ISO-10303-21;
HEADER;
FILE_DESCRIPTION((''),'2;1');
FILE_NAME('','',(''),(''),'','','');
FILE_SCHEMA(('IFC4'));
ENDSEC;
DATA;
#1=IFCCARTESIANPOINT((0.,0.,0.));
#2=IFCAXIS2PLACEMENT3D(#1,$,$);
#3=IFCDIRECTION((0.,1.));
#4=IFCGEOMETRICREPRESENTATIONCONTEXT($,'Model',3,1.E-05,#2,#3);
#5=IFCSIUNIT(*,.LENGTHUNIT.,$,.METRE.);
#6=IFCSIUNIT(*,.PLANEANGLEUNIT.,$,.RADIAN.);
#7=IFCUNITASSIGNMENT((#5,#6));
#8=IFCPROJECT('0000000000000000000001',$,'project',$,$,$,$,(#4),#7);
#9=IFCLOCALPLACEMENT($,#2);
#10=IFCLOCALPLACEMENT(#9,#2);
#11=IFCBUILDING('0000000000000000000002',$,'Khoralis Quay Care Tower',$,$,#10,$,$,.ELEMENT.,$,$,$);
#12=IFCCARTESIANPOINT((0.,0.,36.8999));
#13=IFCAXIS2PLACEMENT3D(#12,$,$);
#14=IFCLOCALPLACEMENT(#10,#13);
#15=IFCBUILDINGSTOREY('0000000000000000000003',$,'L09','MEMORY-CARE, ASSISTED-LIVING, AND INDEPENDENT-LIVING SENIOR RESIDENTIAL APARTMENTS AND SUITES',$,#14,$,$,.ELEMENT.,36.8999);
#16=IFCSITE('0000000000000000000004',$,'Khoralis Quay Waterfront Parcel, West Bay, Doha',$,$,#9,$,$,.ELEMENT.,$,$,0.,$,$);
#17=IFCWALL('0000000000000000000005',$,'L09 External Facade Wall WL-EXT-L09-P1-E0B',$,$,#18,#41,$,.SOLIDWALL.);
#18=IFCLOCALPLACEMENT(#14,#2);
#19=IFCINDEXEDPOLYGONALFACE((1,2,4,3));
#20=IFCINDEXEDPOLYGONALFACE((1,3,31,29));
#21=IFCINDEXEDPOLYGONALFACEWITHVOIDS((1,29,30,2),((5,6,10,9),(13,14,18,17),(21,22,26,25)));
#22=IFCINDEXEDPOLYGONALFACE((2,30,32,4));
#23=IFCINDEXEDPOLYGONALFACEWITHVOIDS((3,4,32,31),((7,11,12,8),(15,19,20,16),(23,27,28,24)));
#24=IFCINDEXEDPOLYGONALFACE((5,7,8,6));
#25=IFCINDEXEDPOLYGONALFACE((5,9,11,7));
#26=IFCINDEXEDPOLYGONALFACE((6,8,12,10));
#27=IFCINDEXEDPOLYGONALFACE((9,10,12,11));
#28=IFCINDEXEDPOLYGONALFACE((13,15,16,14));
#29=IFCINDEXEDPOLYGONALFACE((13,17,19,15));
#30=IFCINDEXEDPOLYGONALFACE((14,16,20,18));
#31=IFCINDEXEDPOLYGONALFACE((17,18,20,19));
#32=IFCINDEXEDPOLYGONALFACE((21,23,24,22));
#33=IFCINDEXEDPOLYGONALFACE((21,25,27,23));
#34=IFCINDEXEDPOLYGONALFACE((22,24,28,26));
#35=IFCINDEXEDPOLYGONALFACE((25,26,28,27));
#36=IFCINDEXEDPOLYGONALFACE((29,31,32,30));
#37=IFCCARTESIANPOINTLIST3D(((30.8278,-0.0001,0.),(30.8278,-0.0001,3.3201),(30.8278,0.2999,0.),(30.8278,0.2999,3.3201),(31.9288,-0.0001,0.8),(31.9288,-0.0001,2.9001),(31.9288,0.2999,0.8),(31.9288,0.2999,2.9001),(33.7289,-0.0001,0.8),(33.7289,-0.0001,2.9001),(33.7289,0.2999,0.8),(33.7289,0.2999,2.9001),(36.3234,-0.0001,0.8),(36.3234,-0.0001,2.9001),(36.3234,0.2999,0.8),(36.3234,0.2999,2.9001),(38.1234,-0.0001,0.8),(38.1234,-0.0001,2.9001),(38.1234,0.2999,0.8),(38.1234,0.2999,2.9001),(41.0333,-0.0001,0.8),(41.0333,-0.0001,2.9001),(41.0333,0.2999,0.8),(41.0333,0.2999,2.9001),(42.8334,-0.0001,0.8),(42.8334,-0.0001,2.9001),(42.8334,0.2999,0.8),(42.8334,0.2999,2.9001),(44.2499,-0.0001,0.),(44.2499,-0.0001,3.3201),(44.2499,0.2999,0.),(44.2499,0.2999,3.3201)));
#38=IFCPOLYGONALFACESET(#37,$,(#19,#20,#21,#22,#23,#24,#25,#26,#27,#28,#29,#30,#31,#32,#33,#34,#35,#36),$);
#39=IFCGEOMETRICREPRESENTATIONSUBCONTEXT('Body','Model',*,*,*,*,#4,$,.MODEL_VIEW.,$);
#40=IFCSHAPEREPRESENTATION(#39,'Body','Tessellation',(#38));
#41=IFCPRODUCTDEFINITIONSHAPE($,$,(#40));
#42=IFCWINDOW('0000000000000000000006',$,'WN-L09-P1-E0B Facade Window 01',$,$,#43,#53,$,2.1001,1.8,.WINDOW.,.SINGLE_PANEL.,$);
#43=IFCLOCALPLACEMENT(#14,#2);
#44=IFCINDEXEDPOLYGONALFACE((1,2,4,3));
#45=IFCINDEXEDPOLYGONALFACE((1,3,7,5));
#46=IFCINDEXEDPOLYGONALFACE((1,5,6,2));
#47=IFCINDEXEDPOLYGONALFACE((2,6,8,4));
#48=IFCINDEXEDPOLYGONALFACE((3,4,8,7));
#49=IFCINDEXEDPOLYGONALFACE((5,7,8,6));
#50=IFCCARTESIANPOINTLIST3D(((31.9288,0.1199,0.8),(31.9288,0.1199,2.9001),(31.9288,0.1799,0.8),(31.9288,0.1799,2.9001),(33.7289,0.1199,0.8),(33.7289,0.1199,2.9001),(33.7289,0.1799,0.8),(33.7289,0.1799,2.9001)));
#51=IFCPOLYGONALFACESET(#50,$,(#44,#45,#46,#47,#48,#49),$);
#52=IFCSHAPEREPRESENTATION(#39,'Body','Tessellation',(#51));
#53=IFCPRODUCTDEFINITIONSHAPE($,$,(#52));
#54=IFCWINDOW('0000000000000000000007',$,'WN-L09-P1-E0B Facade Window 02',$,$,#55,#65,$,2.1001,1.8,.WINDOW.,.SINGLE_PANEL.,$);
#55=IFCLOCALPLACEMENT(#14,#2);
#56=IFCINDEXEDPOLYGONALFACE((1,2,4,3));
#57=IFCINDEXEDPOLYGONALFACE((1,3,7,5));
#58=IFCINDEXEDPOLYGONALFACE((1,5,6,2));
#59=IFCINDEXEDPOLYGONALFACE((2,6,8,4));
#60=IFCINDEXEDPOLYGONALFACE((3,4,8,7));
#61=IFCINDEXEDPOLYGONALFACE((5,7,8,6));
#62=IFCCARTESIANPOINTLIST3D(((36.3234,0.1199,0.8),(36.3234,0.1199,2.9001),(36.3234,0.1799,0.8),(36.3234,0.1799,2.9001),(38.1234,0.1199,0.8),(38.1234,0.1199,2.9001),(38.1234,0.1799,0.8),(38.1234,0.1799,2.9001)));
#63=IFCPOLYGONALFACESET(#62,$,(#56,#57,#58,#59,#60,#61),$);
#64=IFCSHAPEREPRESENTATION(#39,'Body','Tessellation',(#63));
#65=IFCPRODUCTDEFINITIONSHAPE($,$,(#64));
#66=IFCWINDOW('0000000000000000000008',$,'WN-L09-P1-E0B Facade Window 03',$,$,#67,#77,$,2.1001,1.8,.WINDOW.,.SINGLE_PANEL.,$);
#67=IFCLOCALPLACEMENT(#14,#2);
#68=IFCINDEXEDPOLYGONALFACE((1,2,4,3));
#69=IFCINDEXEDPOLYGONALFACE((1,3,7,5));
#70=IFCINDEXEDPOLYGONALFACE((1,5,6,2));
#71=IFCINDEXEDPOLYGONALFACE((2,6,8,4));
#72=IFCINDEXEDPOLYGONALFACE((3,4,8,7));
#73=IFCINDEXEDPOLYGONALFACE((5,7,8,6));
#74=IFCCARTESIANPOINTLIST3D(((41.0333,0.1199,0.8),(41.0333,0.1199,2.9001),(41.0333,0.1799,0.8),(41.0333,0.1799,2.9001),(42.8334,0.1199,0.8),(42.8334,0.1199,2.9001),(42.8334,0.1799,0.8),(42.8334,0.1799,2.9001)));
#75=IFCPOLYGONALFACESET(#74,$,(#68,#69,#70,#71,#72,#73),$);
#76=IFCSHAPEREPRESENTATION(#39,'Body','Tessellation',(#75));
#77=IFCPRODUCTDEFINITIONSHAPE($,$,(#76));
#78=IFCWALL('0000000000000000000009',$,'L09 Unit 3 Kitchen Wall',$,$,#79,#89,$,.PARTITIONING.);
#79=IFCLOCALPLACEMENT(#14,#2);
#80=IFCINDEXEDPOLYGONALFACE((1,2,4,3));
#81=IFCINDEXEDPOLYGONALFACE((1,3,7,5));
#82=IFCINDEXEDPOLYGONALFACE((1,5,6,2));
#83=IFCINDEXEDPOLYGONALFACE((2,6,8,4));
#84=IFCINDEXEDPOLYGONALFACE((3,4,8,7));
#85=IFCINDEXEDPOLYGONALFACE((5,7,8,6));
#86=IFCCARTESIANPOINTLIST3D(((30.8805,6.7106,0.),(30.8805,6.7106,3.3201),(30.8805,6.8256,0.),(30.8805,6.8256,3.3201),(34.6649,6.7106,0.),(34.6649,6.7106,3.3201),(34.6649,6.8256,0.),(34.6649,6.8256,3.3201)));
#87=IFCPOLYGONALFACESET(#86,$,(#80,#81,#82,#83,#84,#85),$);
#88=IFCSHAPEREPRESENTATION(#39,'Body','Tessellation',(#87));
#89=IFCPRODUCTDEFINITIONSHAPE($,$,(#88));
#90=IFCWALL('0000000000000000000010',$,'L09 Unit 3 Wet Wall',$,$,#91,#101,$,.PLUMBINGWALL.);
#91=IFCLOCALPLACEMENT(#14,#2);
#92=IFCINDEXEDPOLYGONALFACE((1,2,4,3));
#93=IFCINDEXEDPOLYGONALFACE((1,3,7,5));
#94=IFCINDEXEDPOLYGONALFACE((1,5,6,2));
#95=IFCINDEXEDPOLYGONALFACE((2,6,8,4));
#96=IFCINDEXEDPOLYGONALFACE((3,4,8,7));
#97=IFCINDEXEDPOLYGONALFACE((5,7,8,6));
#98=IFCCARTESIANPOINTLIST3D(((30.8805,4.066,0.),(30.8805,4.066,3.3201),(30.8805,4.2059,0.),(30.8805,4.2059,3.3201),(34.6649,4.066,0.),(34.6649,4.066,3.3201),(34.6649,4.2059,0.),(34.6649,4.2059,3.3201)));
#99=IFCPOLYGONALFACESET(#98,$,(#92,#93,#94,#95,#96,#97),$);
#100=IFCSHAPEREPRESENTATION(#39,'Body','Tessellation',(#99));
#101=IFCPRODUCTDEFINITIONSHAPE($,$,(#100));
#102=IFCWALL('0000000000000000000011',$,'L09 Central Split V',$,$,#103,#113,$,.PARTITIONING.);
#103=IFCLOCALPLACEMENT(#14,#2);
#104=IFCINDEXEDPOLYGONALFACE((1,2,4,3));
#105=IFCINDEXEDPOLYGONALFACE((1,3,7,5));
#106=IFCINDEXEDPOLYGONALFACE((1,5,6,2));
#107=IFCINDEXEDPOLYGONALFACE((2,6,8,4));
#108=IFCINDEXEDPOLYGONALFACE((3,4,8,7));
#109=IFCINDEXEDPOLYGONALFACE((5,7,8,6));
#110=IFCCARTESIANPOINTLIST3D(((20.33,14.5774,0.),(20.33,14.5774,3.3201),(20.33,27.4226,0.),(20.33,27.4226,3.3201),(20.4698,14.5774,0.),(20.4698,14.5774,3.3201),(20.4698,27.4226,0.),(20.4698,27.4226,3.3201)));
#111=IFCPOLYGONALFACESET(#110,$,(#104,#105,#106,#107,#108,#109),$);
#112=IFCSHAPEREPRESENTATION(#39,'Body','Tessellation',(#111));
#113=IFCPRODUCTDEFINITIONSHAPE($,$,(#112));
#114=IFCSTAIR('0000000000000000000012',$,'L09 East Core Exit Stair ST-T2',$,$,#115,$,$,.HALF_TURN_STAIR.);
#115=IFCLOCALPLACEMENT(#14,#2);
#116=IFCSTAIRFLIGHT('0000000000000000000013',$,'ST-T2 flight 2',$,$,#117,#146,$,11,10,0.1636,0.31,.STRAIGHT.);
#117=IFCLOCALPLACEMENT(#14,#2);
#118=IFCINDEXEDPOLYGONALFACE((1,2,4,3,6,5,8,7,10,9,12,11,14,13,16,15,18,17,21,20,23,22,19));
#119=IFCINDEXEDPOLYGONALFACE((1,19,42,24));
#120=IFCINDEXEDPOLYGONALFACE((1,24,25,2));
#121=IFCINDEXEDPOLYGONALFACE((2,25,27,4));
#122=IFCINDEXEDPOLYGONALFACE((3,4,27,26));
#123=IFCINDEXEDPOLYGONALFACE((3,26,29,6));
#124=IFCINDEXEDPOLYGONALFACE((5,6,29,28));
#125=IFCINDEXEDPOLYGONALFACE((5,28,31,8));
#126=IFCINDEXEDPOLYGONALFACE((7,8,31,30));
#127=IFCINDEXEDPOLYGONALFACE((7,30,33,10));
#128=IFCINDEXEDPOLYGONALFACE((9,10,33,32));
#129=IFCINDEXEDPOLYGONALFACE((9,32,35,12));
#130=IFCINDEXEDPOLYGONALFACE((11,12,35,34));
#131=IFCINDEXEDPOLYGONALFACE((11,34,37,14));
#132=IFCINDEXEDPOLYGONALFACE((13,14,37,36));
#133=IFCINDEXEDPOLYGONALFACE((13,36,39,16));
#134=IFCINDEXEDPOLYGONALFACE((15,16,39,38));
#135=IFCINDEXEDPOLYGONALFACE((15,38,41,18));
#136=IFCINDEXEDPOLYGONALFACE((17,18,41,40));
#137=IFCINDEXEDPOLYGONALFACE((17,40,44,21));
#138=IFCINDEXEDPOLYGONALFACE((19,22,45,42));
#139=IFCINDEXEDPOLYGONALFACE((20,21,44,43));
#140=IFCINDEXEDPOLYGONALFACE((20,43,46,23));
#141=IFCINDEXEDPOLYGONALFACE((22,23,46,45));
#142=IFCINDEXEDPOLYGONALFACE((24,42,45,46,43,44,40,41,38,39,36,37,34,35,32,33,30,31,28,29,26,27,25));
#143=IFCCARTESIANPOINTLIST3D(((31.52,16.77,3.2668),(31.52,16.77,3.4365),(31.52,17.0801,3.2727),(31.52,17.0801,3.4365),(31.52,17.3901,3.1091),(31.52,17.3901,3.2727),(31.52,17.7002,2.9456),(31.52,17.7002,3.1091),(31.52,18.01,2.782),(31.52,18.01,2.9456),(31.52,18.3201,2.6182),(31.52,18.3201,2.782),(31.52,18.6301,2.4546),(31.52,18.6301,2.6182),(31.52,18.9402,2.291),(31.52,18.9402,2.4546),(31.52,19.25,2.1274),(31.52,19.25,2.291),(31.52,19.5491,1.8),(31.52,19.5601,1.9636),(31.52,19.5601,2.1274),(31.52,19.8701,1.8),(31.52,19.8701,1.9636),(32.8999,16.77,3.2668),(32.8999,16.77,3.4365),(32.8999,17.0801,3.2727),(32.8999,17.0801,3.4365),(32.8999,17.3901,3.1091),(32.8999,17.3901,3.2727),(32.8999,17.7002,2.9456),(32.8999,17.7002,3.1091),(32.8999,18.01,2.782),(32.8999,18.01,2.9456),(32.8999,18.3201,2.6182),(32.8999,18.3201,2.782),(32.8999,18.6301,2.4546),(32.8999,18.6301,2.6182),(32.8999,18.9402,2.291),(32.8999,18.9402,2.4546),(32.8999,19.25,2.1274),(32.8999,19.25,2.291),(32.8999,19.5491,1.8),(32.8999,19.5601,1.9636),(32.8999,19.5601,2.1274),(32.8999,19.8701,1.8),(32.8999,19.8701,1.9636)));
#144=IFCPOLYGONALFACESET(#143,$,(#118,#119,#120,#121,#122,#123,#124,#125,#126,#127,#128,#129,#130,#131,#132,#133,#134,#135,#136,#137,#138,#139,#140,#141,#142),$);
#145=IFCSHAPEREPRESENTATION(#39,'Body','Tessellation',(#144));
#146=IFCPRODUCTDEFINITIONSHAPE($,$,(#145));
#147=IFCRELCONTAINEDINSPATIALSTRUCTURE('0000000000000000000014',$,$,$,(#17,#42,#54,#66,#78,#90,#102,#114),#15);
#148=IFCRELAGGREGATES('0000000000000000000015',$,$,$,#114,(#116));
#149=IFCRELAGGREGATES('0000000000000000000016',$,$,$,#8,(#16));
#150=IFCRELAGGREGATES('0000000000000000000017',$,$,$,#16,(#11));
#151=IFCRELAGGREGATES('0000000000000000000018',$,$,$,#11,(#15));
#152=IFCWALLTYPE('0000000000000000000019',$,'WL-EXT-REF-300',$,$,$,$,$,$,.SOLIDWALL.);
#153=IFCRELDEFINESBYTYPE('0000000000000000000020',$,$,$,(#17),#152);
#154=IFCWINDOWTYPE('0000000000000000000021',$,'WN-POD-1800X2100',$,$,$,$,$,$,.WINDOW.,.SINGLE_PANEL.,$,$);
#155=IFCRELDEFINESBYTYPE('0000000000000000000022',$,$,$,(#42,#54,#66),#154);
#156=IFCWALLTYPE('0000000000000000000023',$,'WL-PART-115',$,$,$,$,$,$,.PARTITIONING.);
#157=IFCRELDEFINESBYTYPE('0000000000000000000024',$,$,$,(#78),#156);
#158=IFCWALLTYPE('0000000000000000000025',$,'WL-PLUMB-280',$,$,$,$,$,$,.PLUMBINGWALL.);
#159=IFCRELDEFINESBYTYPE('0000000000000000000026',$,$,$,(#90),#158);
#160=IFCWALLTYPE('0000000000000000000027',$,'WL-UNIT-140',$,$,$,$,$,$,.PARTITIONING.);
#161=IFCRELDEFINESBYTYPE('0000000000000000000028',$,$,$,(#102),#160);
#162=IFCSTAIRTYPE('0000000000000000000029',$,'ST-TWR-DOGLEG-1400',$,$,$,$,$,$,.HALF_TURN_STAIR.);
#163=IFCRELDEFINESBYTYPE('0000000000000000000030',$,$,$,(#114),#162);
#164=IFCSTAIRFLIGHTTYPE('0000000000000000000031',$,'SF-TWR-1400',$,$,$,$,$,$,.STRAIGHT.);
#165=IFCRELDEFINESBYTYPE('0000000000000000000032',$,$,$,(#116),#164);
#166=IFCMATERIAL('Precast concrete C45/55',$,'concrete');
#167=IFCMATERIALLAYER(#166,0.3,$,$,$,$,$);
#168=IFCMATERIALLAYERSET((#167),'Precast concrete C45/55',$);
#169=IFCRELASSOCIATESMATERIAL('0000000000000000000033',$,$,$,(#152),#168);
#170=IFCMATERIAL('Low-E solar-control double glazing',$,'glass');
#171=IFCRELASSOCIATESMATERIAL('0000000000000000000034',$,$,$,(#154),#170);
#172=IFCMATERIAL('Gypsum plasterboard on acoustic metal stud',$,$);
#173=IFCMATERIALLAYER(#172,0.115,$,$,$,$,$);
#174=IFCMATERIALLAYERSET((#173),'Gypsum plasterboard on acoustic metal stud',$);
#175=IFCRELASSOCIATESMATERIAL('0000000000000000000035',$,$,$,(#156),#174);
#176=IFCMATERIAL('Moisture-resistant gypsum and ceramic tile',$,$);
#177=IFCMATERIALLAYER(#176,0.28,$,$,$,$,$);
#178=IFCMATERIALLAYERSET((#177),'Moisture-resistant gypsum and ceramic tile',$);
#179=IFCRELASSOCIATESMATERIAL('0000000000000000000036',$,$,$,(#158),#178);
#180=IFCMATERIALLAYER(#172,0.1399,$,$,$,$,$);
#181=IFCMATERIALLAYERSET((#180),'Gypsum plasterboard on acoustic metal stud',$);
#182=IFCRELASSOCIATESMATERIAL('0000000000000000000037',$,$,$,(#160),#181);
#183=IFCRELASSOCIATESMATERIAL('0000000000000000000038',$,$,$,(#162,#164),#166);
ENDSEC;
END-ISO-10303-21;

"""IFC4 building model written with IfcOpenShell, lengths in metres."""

from ifc_helpers import new_model, si_unit, direction, frame, frame_2d, origin, place, context, subcontext, project, spatial, polyline, rectangle, outline, extrude, source, transform, mapped, material, layer, layer_set, type_object, element, fill, aggregate, save


model = new_model("IFC4")

# Units and contexts
model_context = context("Model", 3, precision=1e-05, world=origin(), true_north=direction((0.0, 1.0)))
body_context = subcontext(model_context, "Body", "Model", "MODEL_VIEW")
ifc_project = project(units=[si_unit("LENGTHUNIT", "METRE"), si_unit("PLANEANGLEUNIT", "RADIAN")], contexts=[model_context])

# Site, building, storey
site_placement = place(None, origin())
site = spatial("IfcSite", under=ifc_project, at=site_placement, Name="Khoralis Quay Waterfront Parcel, West Bay, Doha", CompositionType="ELEMENT", RefElevation=0.0)
building_placement = place(site_placement, origin())
building = spatial("IfcBuilding", under=site, at=building_placement, Name="Khoralis Quay Care Tower", CompositionType="ELEMENT")
storey_placement = place(building_placement, frame((0.0, 0.0, 36.8999)))
storey = spatial("IfcBuildingStorey", under=building, at=storey_placement, Name="L09", Description="MEMORY-CARE, ASSISTED-LIVING, AND INDEPENDENT-LIVING SENIOR RESIDENTIAL APARTMENTS AND SUITES", CompositionType="ELEMENT", Elevation=36.8999)

# Shared definitions
ifc_material_1 = material(Name="Low-E solar-control double glazing", Category="glass")

# Shared definitions
ifc_material_2 = material(Name="Gypsum plasterboard on acoustic metal stud")

# Wall, openings, windows
ifc_material_3 = material(Name="Precast concrete C45/55", Category="concrete")
ifc_layer_1 = layer(ifc_material_3, 0.3)
ifc_layer_set_1 = layer_set([ifc_layer_1], Name="Precast concrete C45/55")
wall_type_1 = type_object("IfcWallType", Name="WL-EXT-REF-300", PredefinedType="SOLIDWALL", material=ifc_layer_set_1)
wall_1_placement = place(storey_placement, frame((30.8279, 0.1499, 0.0), z_axis=(0.0, 0.0, 1.0), x_axis=(1.0, 0.0, 0.0)))
wall_1 = element("IfcWall", 1, at=wall_1_placement, inside=storey, type_object=wall_type_1, Name="L09 External Facade Wall WL-EXT-L09-P1-E0B", PredefinedType="SOLIDWALL", context=body_context, shape_type="SweptSolid", body=[
    extrude(rectangle(XDim=13.4221, YDim=0.3, at=frame_2d((6.7109, 0.0))), origin(), (0.0, 0.0, 1.0), 3.3201),
])
opening_1_placement = place(wall_1_placement, frame((1.1011, 0.0, 0.8)))
opening_1 = element("IfcOpeningElement", 2, at=opening_1_placement, cuts=wall_1, PredefinedType="OPENING", context=body_context, shape_type="SweptSolid", body=[
    extrude(rectangle(XDim=1.8, YDim=2.1001, at=frame_2d((0.8999, 1.05))), frame((0.0, 0.1602, 0.0), z_axis=(0.0, -1.0, 0.0), x_axis=(1.0, 0.0, 0.0)), (0.0, 0.0, 1.0), 0.3201),
])
opening_2_placement = place(wall_1_placement, frame((5.4956, 0.0, 0.8)))
opening_2 = element("IfcOpeningElement", 3, at=opening_2_placement, cuts=wall_1, PredefinedType="OPENING", context=body_context, shape_type="SweptSolid", body=[
    extrude(rectangle(XDim=1.8, YDim=2.1001, at=frame_2d((0.8999, 1.05))), frame((0.0, 0.1602, 0.0), z_axis=(0.0, -1.0, 0.0), x_axis=(1.0, 0.0, 0.0)), (0.0, 0.0, 1.0), 0.3201),
])
opening_3_placement = place(wall_1_placement, frame((10.2056, 0.0, 0.8)))
opening_3 = element("IfcOpeningElement", 4, at=opening_3_placement, cuts=wall_1, PredefinedType="OPENING", context=body_context, shape_type="SweptSolid", body=[
    extrude(rectangle(XDim=1.8, YDim=2.1001, at=frame_2d((0.8999, 1.05))), frame((0.0, 0.1602, 0.0), z_axis=(0.0, -1.0, 0.0), x_axis=(1.0, 0.0, 0.0)), (0.0, 0.0, 1.0), 0.3201),
])
window_type = type_object("IfcWindowType", Name="WN-POD-1800X2100", PartitioningType="SINGLE_PANEL", PredefinedType="WINDOW", material=ifc_material_1)
shared_shape_1 = source(origin(), body_context, "Body", "SweptSolid", [
    extrude(rectangle(XDim=1.8, YDim=2.1001, at=frame_2d((0.8999, 1.05))), frame((0.0, 0.03, 0.0), z_axis=(0.0, -1.0, 0.0), x_axis=(1.0, 0.0, 0.0)), (0.0, 0.0, 1.0), 0.0601),
])
window_1_placement = place(opening_1_placement, origin())
window_1 = element("IfcWindow", 5, at=window_1_placement, inside=storey, type_object=window_type, Name="WN-L09-P1-E0B Facade Window 01", OverallHeight=2.1001, OverallWidth=1.8, PartitioningType="SINGLE_PANEL", PredefinedType="WINDOW", context=body_context, shape_type="MappedRepresentation", body=[
    mapped(shared_shape_1, transform((0.0, 0.0, 0.0), scale=1.0)),
])
fill(opening_1, window_1)
window_2_placement = place(opening_2_placement, origin())
window_2 = element("IfcWindow", 6, at=window_2_placement, inside=storey, type_object=window_type, Name="WN-L09-P1-E0B Facade Window 02", OverallHeight=2.1001, OverallWidth=1.8, PartitioningType="SINGLE_PANEL", PredefinedType="WINDOW", context=body_context, shape_type="MappedRepresentation", body=[
    mapped(shared_shape_1, transform((0.0, 0.0, 0.0), scale=1.0)),
])
fill(opening_2, window_2)
window_3_placement = place(opening_3_placement, origin())
window_3 = element("IfcWindow", 7, at=window_3_placement, inside=storey, type_object=window_type, Name="WN-L09-P1-E0B Facade Window 03", OverallHeight=2.1001, OverallWidth=1.8, PartitioningType="SINGLE_PANEL", PredefinedType="WINDOW", context=body_context, shape_type="MappedRepresentation", body=[
    mapped(shared_shape_1, transform((0.0, 0.0, 0.0), scale=1.0)),
])
fill(opening_3, window_3)

# Walls
ifc_layer_2 = layer(ifc_material_2, 0.115)
ifc_layer_set_2 = layer_set([ifc_layer_2], Name="Gypsum plasterboard on acoustic metal stud")
wall_type_2 = type_object("IfcWallType", Name="WL-PART-115", PredefinedType="PARTITIONING", material=ifc_layer_set_2)
wall_2_placement = place(storey_placement, frame((30.8806, 6.7681, 0.0), z_axis=(0.0, 0.0, 1.0), x_axis=(1.0, 0.0, 0.0)))
element("IfcWall", 8, at=wall_2_placement, inside=storey, type_object=wall_type_2, Name="L09 Unit 3 Kitchen Wall", PredefinedType="PARTITIONING", context=body_context, shape_type="SweptSolid", body=[
    extrude(rectangle(XDim=3.7844, YDim=0.115, at=frame_2d((1.8921, 0.0))), origin(), (0.0, 0.0, 1.0), 3.3201),
])
ifc_material_4 = material(Name="Moisture-resistant gypsum and ceramic tile")
ifc_layer_3 = layer(ifc_material_4, 0.28)
ifc_layer_set_3 = layer_set([ifc_layer_3], Name="Moisture-resistant gypsum and ceramic tile")
wall_type_3 = type_object("IfcWallType", Name="WL-PLUMB-280", PredefinedType="PLUMBINGWALL", material=ifc_layer_set_3)
wall_3_placement = place(storey_placement, frame((30.8806, 4.136, 0.0), z_axis=(0.0, 0.0, 1.0), x_axis=(1.0, 0.0, 0.0)))
element("IfcWall", 9, at=wall_3_placement, inside=storey, type_object=wall_type_3, Name="L09 Unit 3 Wet Wall", PredefinedType="PLUMBINGWALL", context=body_context, shape_type="SweptSolid", body=[
    extrude(rectangle(XDim=3.7844, YDim=0.1399, at=frame_2d((1.8921, 0.0))), origin(), (0.0, 0.0, 1.0), 3.3201),
])
ifc_layer_4 = layer(ifc_material_2, 0.1399)
ifc_layer_set_4 = layer_set([ifc_layer_4], Name="Gypsum plasterboard on acoustic metal stud")
wall_type_4 = type_object("IfcWallType", Name="WL-UNIT-140", PredefinedType="PARTITIONING", material=ifc_layer_set_4)
wall_4_placement = place(storey_placement, frame((20.3999, 14.5774, 0.0), z_axis=(0.0, 0.0, 1.0), x_axis=(0.0, 1.0, 0.0)))
element("IfcWall", 10, at=wall_4_placement, inside=storey, type_object=wall_type_4, Name="L09 Central Split V", PredefinedType="PARTITIONING", context=body_context, shape_type="SweptSolid", body=[
    extrude(rectangle(XDim=12.8452, YDim=0.1399, at=frame_2d((6.4226, 0.0))), origin(), (0.0, 0.0, 1.0), 3.3201),
])

# Stair, stair flight
stair_type = type_object("IfcStairType", Name="ST-TWR-DOGLEG-1400", PredefinedType="HALF_TURN_STAIR", material=ifc_material_3)
stair_placement = place(storey_placement, origin())
stair = element("IfcStair", 11, at=stair_placement, inside=storey, type_object=stair_type, Name="L09 East Core Exit Stair ST-T2", PredefinedType="HALF_TURN_STAIR")
stair_flight_type = type_object("IfcStairFlightType", Name="SF-TWR-1400", PredefinedType="STRAIGHT", material=ifc_material_3)
shared_shape_2 = source(origin(), body_context, "Body", "SweptSolid", [
    extrude(outline(polyline([(0.0, 0.0), (0.0, 0.1636), (0.3101, 0.1636), (0.3101, 0.3274), (0.6201, 0.3274), (0.6201, 0.491), (0.9299, 0.491), (0.9299, 0.6545), (1.24, 0.6545), (1.24, 0.8181), (1.55, 0.8181), (1.55, 0.9819), (1.8601, 0.9819), (1.8601, 1.1455), (2.1699, 1.1455), (2.1699, 1.3091), (2.48, 1.3091), (2.48, 1.4727), (2.79, 1.4727), (2.79, 1.6365), (3.1001, 1.6365), (3.1001, 1.8), (3.1001, 1.4668), (0.321, 0.0), (0.0, 0.0)])), frame((0.0, 0.6899, 0.0), z_axis=(0.0, -1.0, 0.0), x_axis=(1.0, 0.0, 0.0)), (0.0, 0.0, 1.0), 1.3799),
])
stair_flight_placement = place(storey_placement, frame((32.21, 19.8701, 1.8), z_axis=(0.0, 0.0, 1.0), x_axis=(0.0, -1.0, 0.0)))
stair_flight = element("IfcStairFlight", 12, at=stair_flight_placement, type_object=stair_flight_type, Name="ST-T2 flight 2", NumberOfRisers=11, NumberOfTreads=10, PredefinedType="STRAIGHT", RiserHeight=0.1636, TreadLength=0.31, context=body_context, shape_type="MappedRepresentation", body=[
    mapped(shared_shape_2, transform((0.0, 0.0, 0.0), scale=1.0)),
])
aggregate(stair, [stair_flight])

save(model, "model.ifc")
